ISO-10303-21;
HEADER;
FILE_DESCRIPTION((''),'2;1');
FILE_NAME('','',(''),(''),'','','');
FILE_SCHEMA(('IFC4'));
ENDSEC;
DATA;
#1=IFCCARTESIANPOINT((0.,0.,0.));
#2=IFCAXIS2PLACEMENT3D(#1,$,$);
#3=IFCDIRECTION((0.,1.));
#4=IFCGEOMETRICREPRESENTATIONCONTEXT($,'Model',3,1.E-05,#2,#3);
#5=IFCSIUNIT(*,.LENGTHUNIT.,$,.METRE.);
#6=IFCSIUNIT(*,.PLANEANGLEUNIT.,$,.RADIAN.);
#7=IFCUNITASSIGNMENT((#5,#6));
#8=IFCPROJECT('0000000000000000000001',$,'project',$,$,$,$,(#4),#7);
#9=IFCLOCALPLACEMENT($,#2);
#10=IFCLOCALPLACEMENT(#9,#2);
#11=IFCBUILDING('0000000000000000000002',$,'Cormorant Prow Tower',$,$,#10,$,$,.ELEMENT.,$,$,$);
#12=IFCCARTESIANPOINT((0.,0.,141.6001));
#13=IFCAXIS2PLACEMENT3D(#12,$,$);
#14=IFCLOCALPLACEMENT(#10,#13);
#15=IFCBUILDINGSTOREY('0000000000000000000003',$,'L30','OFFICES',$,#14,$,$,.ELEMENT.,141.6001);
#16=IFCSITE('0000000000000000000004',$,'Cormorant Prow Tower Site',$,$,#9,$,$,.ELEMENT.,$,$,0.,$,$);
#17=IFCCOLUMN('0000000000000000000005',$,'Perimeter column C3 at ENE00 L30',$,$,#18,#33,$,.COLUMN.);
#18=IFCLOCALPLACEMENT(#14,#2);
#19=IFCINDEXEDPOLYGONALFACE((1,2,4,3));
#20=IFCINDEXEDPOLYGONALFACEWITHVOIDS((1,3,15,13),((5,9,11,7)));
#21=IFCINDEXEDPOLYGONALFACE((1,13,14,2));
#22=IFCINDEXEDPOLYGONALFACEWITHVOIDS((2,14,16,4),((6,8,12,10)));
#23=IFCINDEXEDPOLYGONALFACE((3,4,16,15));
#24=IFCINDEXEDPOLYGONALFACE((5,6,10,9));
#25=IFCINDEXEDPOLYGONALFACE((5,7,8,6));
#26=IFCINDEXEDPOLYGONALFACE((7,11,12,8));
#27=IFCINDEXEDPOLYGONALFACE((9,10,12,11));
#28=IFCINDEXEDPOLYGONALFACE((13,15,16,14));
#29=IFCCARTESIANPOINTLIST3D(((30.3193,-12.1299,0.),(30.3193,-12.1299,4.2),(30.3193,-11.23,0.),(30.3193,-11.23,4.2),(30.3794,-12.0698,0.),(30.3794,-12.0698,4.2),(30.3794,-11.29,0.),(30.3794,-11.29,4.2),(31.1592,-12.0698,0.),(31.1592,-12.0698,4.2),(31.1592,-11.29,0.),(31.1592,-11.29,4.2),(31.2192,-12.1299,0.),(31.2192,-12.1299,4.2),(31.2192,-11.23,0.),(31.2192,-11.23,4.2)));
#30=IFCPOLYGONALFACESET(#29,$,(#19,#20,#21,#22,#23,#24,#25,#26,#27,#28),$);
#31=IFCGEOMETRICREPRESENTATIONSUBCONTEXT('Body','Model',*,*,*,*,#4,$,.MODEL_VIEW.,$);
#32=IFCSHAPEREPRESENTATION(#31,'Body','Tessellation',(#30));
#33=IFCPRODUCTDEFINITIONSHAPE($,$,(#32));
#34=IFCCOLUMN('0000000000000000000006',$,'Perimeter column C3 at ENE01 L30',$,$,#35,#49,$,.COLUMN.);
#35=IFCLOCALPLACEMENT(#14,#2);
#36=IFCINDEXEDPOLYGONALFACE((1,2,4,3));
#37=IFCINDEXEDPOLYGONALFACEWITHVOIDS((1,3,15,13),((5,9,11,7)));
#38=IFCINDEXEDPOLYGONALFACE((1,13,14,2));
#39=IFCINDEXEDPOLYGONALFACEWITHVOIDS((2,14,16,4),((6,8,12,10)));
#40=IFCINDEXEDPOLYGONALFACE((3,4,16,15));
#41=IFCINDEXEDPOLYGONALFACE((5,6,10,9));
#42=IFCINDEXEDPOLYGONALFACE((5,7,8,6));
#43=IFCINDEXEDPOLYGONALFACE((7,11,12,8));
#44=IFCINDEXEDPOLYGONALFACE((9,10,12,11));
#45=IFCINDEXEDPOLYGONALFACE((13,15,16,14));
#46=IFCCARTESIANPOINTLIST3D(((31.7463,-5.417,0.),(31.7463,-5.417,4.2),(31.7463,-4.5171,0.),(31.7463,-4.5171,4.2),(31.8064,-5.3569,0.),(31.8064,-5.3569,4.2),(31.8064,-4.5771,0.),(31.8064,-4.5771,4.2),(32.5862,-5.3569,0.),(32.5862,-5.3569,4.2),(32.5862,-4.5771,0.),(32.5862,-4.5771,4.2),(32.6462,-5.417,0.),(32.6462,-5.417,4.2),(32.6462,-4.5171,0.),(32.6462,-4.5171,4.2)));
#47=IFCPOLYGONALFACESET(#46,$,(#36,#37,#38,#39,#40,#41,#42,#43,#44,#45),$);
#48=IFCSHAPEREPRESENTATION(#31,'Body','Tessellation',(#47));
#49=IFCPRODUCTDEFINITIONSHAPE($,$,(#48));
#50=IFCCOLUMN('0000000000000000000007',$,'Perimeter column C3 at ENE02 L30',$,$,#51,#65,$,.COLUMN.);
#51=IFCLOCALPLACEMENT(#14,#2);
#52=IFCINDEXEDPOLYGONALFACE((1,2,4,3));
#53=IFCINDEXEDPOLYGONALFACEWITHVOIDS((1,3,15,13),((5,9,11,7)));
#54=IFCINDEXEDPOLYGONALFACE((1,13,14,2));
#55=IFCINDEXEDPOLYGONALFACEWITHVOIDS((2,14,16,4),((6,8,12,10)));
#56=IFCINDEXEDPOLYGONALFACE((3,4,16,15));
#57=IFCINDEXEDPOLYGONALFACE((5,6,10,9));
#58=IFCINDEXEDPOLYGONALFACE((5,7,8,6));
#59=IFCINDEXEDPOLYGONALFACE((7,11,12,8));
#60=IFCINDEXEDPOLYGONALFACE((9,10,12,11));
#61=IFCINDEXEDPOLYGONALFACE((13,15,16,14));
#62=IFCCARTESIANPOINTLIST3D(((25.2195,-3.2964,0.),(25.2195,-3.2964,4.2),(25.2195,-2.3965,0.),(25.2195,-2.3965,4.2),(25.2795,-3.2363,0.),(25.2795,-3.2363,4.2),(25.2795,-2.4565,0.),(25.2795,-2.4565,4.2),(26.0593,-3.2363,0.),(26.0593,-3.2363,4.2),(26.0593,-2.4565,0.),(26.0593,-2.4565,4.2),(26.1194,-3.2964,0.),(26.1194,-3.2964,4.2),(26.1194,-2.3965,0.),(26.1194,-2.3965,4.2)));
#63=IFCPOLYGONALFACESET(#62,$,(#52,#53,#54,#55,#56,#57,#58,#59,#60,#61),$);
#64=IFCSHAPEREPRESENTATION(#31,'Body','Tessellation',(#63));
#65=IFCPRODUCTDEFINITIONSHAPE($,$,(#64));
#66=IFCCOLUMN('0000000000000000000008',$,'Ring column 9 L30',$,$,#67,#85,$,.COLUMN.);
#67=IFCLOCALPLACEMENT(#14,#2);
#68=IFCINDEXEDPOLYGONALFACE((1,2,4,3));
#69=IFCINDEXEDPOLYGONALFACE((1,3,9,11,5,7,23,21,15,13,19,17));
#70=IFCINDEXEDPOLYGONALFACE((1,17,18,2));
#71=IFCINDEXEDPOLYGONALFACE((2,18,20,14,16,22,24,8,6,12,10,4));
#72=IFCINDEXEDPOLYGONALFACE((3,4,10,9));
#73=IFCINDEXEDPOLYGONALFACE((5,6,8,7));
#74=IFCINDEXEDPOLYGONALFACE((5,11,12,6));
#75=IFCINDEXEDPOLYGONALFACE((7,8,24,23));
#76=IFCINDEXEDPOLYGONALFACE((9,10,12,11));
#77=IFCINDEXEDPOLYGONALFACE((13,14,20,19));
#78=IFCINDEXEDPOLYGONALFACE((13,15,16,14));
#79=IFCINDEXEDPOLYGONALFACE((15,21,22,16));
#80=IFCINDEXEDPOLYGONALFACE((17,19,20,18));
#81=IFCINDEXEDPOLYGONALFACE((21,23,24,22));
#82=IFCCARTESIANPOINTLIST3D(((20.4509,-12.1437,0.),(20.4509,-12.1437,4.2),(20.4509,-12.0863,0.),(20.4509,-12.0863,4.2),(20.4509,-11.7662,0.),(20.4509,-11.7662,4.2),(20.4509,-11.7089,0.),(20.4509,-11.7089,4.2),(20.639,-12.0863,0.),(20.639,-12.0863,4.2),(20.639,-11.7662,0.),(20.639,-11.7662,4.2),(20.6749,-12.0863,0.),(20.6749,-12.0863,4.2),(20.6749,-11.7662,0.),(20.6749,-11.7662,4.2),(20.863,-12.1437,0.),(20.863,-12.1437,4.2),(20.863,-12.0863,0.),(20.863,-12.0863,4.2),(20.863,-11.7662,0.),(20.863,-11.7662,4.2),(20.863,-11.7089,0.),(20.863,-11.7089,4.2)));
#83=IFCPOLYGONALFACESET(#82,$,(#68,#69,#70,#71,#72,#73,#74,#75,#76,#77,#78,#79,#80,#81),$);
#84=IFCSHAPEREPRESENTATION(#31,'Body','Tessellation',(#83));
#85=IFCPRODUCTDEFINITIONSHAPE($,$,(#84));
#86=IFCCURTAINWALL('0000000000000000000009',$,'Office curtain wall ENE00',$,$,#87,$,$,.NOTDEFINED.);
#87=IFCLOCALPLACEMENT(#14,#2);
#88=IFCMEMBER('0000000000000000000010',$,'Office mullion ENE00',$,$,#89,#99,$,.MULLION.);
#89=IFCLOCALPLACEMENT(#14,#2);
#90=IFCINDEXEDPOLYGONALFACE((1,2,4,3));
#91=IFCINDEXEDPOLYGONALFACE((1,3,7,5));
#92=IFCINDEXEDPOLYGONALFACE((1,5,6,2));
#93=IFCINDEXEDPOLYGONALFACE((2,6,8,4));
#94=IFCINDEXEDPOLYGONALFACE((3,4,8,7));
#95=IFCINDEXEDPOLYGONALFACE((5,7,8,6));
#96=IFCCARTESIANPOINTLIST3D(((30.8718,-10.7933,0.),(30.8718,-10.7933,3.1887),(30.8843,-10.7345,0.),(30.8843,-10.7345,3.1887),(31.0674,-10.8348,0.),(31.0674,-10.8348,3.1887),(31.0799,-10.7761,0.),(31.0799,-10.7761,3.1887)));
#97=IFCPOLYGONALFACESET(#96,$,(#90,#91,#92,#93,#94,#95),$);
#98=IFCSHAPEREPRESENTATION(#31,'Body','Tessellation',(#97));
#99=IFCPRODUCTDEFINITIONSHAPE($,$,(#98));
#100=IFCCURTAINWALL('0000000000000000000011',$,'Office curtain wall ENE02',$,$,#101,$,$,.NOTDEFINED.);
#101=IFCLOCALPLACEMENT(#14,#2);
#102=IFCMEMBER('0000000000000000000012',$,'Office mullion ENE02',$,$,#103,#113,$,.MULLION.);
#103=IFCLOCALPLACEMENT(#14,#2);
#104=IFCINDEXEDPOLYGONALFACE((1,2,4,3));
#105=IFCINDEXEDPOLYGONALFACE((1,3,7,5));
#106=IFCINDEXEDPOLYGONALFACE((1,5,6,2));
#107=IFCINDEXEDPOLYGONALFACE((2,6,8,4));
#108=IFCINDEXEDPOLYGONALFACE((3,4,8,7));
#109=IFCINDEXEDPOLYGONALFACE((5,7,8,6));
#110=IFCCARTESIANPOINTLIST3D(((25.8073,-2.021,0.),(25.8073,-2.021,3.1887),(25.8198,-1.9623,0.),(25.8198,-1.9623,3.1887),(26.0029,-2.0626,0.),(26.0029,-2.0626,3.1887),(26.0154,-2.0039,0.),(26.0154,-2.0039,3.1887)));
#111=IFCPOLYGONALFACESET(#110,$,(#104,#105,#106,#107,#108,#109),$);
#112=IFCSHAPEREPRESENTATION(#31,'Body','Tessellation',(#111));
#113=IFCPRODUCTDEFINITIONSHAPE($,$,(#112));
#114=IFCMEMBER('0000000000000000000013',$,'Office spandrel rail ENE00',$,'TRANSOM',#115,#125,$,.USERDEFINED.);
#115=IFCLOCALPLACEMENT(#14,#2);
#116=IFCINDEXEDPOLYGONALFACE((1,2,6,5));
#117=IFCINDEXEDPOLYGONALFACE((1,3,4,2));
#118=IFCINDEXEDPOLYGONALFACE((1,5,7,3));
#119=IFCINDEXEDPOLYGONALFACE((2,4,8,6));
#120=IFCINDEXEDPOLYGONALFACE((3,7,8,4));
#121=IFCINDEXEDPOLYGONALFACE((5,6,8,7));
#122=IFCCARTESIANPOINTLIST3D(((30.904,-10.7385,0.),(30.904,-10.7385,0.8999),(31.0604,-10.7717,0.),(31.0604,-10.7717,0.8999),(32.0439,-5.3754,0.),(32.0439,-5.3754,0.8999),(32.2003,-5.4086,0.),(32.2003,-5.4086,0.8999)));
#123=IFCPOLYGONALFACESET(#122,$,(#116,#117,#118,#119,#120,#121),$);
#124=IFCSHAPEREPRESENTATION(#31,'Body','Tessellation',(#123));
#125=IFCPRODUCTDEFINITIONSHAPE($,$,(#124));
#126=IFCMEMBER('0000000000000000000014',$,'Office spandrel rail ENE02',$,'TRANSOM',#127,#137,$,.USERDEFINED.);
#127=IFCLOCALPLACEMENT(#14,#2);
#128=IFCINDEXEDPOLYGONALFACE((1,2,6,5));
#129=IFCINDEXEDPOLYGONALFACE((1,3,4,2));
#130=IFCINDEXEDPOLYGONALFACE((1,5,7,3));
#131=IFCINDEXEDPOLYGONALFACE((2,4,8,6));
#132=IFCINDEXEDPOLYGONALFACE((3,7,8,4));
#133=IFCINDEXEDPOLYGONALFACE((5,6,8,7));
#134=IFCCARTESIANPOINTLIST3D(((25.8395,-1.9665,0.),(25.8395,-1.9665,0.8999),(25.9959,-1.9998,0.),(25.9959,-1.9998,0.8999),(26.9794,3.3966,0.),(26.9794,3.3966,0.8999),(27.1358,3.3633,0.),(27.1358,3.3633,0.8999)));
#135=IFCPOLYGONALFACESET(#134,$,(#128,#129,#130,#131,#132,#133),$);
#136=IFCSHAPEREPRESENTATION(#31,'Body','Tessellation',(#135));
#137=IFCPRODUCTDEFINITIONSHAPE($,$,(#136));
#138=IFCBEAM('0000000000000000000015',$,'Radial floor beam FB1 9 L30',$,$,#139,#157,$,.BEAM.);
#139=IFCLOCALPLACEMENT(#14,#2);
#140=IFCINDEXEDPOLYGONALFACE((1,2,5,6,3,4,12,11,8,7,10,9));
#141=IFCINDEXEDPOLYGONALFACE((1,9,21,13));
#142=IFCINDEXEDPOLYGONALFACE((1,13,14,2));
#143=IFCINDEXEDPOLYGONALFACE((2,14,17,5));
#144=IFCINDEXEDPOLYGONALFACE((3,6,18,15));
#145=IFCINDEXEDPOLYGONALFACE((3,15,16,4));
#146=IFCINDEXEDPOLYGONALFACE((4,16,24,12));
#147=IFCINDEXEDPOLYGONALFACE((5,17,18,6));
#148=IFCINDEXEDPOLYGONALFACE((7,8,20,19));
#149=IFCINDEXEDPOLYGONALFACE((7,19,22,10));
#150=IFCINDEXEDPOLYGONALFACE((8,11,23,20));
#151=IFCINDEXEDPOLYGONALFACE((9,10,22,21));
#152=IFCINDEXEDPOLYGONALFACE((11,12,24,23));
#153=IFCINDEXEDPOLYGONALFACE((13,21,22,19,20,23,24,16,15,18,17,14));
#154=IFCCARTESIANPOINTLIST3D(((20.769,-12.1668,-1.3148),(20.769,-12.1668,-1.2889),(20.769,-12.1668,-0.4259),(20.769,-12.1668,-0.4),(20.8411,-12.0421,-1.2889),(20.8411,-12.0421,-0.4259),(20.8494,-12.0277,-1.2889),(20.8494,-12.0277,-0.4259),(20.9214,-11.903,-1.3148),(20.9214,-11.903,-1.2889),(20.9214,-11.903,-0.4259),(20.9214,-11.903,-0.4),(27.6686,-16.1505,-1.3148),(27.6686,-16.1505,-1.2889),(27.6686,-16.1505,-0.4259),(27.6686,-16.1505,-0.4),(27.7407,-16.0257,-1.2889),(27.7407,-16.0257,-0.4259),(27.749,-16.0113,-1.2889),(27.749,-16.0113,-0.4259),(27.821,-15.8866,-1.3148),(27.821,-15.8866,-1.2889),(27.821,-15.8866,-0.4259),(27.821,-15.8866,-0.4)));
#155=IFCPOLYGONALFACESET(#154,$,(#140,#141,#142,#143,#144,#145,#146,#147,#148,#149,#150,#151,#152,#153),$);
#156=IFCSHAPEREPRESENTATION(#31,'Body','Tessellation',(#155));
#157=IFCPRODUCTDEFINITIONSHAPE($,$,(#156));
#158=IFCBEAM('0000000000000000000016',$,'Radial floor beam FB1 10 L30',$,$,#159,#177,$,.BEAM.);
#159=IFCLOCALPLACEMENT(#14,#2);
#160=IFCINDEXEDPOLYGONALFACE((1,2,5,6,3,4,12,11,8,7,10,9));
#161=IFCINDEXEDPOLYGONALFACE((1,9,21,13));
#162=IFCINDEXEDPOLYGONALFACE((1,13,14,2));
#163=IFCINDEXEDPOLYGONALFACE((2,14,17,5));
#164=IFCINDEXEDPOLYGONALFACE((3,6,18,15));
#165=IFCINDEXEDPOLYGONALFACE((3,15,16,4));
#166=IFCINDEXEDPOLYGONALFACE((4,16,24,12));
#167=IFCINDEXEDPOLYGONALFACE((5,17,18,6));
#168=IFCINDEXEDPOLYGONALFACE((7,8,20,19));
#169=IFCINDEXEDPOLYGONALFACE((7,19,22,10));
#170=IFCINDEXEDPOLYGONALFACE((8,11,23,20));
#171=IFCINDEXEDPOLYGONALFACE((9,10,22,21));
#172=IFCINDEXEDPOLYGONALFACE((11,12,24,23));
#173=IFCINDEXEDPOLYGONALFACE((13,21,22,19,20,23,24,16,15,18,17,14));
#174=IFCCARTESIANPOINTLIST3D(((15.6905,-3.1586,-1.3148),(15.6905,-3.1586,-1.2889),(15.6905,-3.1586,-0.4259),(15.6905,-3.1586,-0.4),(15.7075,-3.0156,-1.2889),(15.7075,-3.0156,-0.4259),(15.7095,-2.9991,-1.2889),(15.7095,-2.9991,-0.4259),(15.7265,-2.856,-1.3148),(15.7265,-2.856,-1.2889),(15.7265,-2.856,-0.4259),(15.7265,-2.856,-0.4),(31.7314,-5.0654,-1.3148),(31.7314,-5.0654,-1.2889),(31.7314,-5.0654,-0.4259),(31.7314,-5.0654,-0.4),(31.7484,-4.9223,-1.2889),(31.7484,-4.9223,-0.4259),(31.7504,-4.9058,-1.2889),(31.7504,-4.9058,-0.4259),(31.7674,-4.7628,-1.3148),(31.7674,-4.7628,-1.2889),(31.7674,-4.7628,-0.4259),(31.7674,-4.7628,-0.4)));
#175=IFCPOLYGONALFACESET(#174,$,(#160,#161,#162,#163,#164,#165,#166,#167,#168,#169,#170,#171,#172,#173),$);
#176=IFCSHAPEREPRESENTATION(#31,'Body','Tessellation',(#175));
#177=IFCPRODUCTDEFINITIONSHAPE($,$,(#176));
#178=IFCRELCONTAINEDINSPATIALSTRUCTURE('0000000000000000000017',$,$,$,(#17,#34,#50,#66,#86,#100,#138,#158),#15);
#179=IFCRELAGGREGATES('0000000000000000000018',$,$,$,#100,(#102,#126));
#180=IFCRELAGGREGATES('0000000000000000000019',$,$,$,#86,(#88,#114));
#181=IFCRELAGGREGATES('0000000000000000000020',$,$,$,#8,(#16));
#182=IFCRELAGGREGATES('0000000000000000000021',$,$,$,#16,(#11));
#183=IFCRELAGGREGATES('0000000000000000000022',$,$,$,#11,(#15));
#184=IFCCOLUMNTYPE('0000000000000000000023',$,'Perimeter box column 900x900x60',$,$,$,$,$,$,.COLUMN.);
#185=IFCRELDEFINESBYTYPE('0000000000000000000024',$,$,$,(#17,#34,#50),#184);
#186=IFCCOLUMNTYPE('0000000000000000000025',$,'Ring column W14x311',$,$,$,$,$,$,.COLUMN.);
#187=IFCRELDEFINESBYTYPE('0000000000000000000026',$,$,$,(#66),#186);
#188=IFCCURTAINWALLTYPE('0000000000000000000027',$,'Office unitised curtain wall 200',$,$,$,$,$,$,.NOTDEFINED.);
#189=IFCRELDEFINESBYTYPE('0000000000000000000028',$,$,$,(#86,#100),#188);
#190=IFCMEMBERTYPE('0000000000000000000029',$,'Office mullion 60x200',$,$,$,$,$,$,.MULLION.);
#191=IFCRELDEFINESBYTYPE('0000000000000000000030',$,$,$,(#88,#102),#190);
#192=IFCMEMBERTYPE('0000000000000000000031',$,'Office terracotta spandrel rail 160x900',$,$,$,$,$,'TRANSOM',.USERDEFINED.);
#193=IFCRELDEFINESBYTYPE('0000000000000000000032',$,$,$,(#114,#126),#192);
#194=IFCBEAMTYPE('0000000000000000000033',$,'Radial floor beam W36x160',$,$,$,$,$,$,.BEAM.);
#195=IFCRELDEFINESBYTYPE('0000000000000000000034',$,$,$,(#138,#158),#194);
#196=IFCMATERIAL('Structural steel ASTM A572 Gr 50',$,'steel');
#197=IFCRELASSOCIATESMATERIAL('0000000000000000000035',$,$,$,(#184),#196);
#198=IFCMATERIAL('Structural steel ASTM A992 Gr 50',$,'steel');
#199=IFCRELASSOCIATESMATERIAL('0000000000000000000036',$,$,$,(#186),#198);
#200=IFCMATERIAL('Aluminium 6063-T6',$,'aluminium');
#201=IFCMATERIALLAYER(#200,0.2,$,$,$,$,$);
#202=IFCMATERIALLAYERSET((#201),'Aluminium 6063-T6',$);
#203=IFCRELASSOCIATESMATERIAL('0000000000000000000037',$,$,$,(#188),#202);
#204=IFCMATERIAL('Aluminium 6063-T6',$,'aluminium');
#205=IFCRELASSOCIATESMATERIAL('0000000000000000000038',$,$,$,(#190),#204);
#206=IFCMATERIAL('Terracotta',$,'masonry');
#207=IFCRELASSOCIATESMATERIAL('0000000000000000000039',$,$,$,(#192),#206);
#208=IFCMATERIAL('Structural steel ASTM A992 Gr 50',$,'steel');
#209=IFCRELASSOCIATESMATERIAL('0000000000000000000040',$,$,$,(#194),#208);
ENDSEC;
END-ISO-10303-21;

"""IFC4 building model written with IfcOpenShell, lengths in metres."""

from ifc_helpers import new_model, si_unit, direction, frame, origin, origin_2d, place, context, subcontext, project, spatial, rectangle, hollow_rectangle, i_section, extrude, material, layer, layer_set, material_profile, profile_set, type_object, element, aggregate, save


model = new_model("IFC4")

# Units and contexts
model_context = context("Model", 3, precision=1e-05, world=origin(), true_north=direction((0.0, 1.0)))
body_context = subcontext(model_context, "Body", "Model", "MODEL_VIEW")
ifc_project = project(units=[si_unit("LENGTHUNIT", "METRE"), si_unit("PLANEANGLEUNIT", "RADIAN")], contexts=[model_context])

# Site, building, storey
site_placement = place(None, origin())
site = spatial("IfcSite", under=ifc_project, at=site_placement, Name="Cormorant Prow Tower Site", CompositionType="ELEMENT", RefElevation=0.0)
building_placement = place(site_placement, origin())
building = spatial("IfcBuilding", under=site, at=building_placement, Name="Cormorant Prow Tower", CompositionType="ELEMENT")
storey_placement = place(building_placement, frame((0.0, 0.0, 141.6001)))
storey = spatial("IfcBuildingStorey", under=building, at=storey_placement, Name="L30", Description="OFFICES", CompositionType="ELEMENT", Elevation=141.6001)

# Columns
ifc_material_1 = material(Name="Structural steel ASTM A572 Gr 50", Category="steel")
ifc_material_profile_1 = material_profile(ifc_material_1, hollow_rectangle(XDim=0.8999, YDim=0.8999, WallThickness=0.0601, at=origin_2d()), Name="Box 900x900x60")
ifc_profile_set_1 = profile_set([ifc_material_profile_1], Name="Structural steel ASTM A572 Gr 50")
column_type_1 = type_object("IfcColumnType", Name="Perimeter box column 900x900x60", PredefinedType="COLUMN", material=ifc_profile_set_1)
for number, where, z_axis, x_axis, name in (
    (1, (30.7693, -11.6799, 0.0), (0.0, 0.0, 1.0), (1.0, 0.0, 0.0), "Perimeter column C3 at ENE00 L30"),
    (2, (32.1963, -4.967, 0.0), (0.0, 0.0, 1.0), (1.0, 0.0, 0.0), "Perimeter column C3 at ENE01 L30"),
    (3, (25.6694, -2.8464, 0.0), (0.0, 0.0, 1.0), (1.0, 0.0, 0.0), "Perimeter column C3 at ENE02 L30"),
):
    element("IfcColumn", number, at=place(storey_placement, frame(where, z_axis=z_axis, x_axis=x_axis)), inside=storey, type_object=column_type_1, Name=name, PredefinedType="COLUMN", context=body_context, shape_type="SweptSolid", body=[
        extrude(hollow_rectangle(XDim=0.8999, YDim=0.8999, WallThickness=0.0601, at=origin_2d()), origin(), (0.0, 0.0, 1.0), 4.2),
    ])
ifc_material_2 = material(Name="Structural steel ASTM A992 Gr 50", Category="steel")
ifc_material_profile_2 = material_profile(ifc_material_2, i_section(OverallWidth=0.4121, OverallDepth=0.4348, WebThickness=0.0359, FlangeThickness=0.0574, at=origin_2d()), Name="W14x311")
ifc_profile_set_2 = profile_set([ifc_material_profile_2], Name="Structural steel ASTM A992 Gr 50")
column_type_2 = type_object("IfcColumnType", Name="Ring column W14x311", PredefinedType="COLUMN", material=ifc_profile_set_2)
column_placement = place(storey_placement, frame((20.657, -11.9263, 0.0), z_axis=(0.0, 0.0, 1.0), x_axis=(1.0, 0.0, 0.0)))
element("IfcColumn", 4, at=column_placement, inside=storey, type_object=column_type_2, Name="Ring column 9 L30", PredefinedType="COLUMN", context=body_context, shape_type="SweptSolid", body=[
    extrude(i_section(OverallWidth=0.4121, OverallDepth=0.4348, WebThickness=0.0359, FlangeThickness=0.0574, at=origin_2d()), origin(), (0.0, 0.0, 1.0), 4.2),
])

# Curtain walls, members
ifc_material_3 = material(Name="Aluminium 6063-T6", Category="aluminium")
ifc_layer_1 = layer(ifc_material_3, 0.2)
ifc_layer_set_1 = layer_set([ifc_layer_1], Name="Aluminium 6063-T6")
curtain_wall_type = type_object("IfcCurtainWallType", Name="Office unitised curtain wall 200", PredefinedType="NOTDEFINED", material=ifc_layer_set_1)
curtain_wall_1_placement = place(storey_placement, origin())
curtain_wall_1 = element("IfcCurtainWall", 5, at=curtain_wall_1_placement, inside=storey, type_object=curtain_wall_type, Name="Office curtain wall ENE00", PredefinedType="NOTDEFINED")
ifc_material_4 = material(Name="Aluminium 6063-T6", Category="aluminium")
ifc_material_profile_3 = material_profile(ifc_material_4, rectangle(XDim=0.2, YDim=0.0601, at=origin_2d()), Name="Office mullion 60x200")
ifc_profile_set_3 = profile_set([ifc_material_profile_3], Name="Aluminium 6063-T6")
member_type_1 = type_object("IfcMemberType", Name="Office mullion 60x200", PredefinedType="MULLION", material=ifc_profile_set_3)
member_1_placement = place(storey_placement, frame((30.9758, -10.7847, 0.0), z_axis=(0.0, 0.0, 1.0), x_axis=(-0.978148, 0.207912, 0.0)))
member_1 = element("IfcMember", 6, at=member_1_placement, type_object=member_type_1, Name="Office mullion ENE00", PredefinedType="MULLION", context=body_context, shape_type="SweptSolid", body=[
    extrude(rectangle(XDim=0.2, YDim=0.0601, at=origin_2d()), origin(), (0.0, 0.0, 1.0), 3.1887),
])
curtain_wall_2_placement = place(storey_placement, origin())
curtain_wall_2 = element("IfcCurtainWall", 7, at=curtain_wall_2_placement, inside=storey, type_object=curtain_wall_type, Name="Office curtain wall ENE02", PredefinedType="NOTDEFINED")
member_2_placement = place(storey_placement, frame((25.9114, -2.0125, 0.0), z_axis=(0.0, 0.0, 1.0), x_axis=(-0.978148, 0.207912, 0.0)))
member_2 = element("IfcMember", 8, at=member_2_placement, type_object=member_type_1, Name="Office mullion ENE02", PredefinedType="MULLION", context=body_context, shape_type="SweptSolid", body=[
    extrude(rectangle(XDim=0.2, YDim=0.0601, at=origin_2d()), origin(), (0.0, 0.0, 1.0), 3.1887),
])

# Members
ifc_material_5 = material(Name="Terracotta", Category="masonry")
ifc_material_profile_4 = material_profile(ifc_material_5, rectangle(XDim=0.1599, YDim=0.8999, at=origin_2d()), Name="Office terracotta spandrel rail 160x900")
ifc_profile_set_4 = profile_set([ifc_material_profile_4], Name="Terracotta")
member_type_2 = type_object("IfcMemberType", Name="Office terracotta spandrel rail 160x900", ElementType="TRANSOM", PredefinedType="USERDEFINED", material=ifc_profile_set_4)
member_3_placement = place(storey_placement, frame((30.9822, -10.7551, 0.45), z_axis=(0.207902, 0.97815, 0.0), x_axis=(-0.97815, 0.207902, 0.0)))
member_3 = element("IfcMember", 9, at=member_3_placement, type_object=member_type_2, Name="Office spandrel rail ENE00", ObjectType="TRANSOM", PredefinedType="USERDEFINED", context=body_context, shape_type="SweptSolid", body=[
    extrude(rectangle(XDim=0.1599, YDim=0.8999, at=origin_2d()), origin(), (0.0, 0.0, 1.0), 5.4829),
])
member_4_placement = place(storey_placement, frame((25.9177, -1.9832, 0.45), z_axis=(0.207902, 0.97815, 0.0), x_axis=(-0.97815, 0.207902, 0.0)))
member_4 = element("IfcMember", 10, at=member_4_placement, type_object=member_type_2, Name="Office spandrel rail ENE02", ObjectType="TRANSOM", PredefinedType="USERDEFINED", context=body_context, shape_type="SweptSolid", body=[
    extrude(rectangle(XDim=0.1599, YDim=0.8999, at=origin_2d()), origin(), (0.0, 0.0, 1.0), 5.4829),
])
aggregate(curtain_wall_2, [member_2, member_4])

# Beams
ifc_material_6 = material(Name="Structural steel ASTM A992 Gr 50", Category="steel")
ifc_material_profile_5 = material_profile(ifc_material_6, i_section(OverallWidth=0.3047, OverallDepth=0.9148, WebThickness=0.0166, FlangeThickness=0.0259, at=origin_2d()), Name="W36x160")
ifc_profile_set_5 = profile_set([ifc_material_profile_5], Name="Structural steel ASTM A992 Gr 50")
beam_type_1 = type_object("IfcBeamType", Name="Radial floor beam W36x160", PredefinedType="BEAM", material=ifc_profile_set_5)
beam_1_placement = place(storey_placement, frame((20.8452, -12.0349, -0.8574), z_axis=(0.866019, -0.500012, 0.0), x_axis=(0.500012, 0.866019, 0.0)))
element("IfcBeam", 11, at=beam_1_placement, inside=storey, type_object=beam_type_1, Name="Radial floor beam FB1 9 L30", PredefinedType="BEAM", context=body_context, shape_type="SweptSolid", body=[
    extrude(i_section(OverallWidth=0.3047, OverallDepth=0.9148, WebThickness=0.0166, FlangeThickness=0.0259, at=origin_2d()), origin(), (0.0, 0.0, 1.0), 7.967),
])
beam_2_placement = place(storey_placement, frame((15.7085, -3.0073, -0.8574), z_axis=(0.993009, -0.118037, 0.0), x_axis=(0.118037, 0.993009, 0.0)))
element("IfcBeam", 12, at=beam_2_placement, inside=storey, type_object=beam_type_1, Name="Radial floor beam FB1 10 L30", PredefinedType="BEAM", context=body_context, shape_type="SweptSolid", body=[
    extrude(i_section(OverallWidth=0.3047, OverallDepth=0.9148, WebThickness=0.0166, FlangeThickness=0.0259, at=origin_2d()), origin(), (0.0, 0.0, 1.0), 16.1538),
])

aggregate(curtain_wall_1, [member_1, member_3])

save(model, "model.ifc")
